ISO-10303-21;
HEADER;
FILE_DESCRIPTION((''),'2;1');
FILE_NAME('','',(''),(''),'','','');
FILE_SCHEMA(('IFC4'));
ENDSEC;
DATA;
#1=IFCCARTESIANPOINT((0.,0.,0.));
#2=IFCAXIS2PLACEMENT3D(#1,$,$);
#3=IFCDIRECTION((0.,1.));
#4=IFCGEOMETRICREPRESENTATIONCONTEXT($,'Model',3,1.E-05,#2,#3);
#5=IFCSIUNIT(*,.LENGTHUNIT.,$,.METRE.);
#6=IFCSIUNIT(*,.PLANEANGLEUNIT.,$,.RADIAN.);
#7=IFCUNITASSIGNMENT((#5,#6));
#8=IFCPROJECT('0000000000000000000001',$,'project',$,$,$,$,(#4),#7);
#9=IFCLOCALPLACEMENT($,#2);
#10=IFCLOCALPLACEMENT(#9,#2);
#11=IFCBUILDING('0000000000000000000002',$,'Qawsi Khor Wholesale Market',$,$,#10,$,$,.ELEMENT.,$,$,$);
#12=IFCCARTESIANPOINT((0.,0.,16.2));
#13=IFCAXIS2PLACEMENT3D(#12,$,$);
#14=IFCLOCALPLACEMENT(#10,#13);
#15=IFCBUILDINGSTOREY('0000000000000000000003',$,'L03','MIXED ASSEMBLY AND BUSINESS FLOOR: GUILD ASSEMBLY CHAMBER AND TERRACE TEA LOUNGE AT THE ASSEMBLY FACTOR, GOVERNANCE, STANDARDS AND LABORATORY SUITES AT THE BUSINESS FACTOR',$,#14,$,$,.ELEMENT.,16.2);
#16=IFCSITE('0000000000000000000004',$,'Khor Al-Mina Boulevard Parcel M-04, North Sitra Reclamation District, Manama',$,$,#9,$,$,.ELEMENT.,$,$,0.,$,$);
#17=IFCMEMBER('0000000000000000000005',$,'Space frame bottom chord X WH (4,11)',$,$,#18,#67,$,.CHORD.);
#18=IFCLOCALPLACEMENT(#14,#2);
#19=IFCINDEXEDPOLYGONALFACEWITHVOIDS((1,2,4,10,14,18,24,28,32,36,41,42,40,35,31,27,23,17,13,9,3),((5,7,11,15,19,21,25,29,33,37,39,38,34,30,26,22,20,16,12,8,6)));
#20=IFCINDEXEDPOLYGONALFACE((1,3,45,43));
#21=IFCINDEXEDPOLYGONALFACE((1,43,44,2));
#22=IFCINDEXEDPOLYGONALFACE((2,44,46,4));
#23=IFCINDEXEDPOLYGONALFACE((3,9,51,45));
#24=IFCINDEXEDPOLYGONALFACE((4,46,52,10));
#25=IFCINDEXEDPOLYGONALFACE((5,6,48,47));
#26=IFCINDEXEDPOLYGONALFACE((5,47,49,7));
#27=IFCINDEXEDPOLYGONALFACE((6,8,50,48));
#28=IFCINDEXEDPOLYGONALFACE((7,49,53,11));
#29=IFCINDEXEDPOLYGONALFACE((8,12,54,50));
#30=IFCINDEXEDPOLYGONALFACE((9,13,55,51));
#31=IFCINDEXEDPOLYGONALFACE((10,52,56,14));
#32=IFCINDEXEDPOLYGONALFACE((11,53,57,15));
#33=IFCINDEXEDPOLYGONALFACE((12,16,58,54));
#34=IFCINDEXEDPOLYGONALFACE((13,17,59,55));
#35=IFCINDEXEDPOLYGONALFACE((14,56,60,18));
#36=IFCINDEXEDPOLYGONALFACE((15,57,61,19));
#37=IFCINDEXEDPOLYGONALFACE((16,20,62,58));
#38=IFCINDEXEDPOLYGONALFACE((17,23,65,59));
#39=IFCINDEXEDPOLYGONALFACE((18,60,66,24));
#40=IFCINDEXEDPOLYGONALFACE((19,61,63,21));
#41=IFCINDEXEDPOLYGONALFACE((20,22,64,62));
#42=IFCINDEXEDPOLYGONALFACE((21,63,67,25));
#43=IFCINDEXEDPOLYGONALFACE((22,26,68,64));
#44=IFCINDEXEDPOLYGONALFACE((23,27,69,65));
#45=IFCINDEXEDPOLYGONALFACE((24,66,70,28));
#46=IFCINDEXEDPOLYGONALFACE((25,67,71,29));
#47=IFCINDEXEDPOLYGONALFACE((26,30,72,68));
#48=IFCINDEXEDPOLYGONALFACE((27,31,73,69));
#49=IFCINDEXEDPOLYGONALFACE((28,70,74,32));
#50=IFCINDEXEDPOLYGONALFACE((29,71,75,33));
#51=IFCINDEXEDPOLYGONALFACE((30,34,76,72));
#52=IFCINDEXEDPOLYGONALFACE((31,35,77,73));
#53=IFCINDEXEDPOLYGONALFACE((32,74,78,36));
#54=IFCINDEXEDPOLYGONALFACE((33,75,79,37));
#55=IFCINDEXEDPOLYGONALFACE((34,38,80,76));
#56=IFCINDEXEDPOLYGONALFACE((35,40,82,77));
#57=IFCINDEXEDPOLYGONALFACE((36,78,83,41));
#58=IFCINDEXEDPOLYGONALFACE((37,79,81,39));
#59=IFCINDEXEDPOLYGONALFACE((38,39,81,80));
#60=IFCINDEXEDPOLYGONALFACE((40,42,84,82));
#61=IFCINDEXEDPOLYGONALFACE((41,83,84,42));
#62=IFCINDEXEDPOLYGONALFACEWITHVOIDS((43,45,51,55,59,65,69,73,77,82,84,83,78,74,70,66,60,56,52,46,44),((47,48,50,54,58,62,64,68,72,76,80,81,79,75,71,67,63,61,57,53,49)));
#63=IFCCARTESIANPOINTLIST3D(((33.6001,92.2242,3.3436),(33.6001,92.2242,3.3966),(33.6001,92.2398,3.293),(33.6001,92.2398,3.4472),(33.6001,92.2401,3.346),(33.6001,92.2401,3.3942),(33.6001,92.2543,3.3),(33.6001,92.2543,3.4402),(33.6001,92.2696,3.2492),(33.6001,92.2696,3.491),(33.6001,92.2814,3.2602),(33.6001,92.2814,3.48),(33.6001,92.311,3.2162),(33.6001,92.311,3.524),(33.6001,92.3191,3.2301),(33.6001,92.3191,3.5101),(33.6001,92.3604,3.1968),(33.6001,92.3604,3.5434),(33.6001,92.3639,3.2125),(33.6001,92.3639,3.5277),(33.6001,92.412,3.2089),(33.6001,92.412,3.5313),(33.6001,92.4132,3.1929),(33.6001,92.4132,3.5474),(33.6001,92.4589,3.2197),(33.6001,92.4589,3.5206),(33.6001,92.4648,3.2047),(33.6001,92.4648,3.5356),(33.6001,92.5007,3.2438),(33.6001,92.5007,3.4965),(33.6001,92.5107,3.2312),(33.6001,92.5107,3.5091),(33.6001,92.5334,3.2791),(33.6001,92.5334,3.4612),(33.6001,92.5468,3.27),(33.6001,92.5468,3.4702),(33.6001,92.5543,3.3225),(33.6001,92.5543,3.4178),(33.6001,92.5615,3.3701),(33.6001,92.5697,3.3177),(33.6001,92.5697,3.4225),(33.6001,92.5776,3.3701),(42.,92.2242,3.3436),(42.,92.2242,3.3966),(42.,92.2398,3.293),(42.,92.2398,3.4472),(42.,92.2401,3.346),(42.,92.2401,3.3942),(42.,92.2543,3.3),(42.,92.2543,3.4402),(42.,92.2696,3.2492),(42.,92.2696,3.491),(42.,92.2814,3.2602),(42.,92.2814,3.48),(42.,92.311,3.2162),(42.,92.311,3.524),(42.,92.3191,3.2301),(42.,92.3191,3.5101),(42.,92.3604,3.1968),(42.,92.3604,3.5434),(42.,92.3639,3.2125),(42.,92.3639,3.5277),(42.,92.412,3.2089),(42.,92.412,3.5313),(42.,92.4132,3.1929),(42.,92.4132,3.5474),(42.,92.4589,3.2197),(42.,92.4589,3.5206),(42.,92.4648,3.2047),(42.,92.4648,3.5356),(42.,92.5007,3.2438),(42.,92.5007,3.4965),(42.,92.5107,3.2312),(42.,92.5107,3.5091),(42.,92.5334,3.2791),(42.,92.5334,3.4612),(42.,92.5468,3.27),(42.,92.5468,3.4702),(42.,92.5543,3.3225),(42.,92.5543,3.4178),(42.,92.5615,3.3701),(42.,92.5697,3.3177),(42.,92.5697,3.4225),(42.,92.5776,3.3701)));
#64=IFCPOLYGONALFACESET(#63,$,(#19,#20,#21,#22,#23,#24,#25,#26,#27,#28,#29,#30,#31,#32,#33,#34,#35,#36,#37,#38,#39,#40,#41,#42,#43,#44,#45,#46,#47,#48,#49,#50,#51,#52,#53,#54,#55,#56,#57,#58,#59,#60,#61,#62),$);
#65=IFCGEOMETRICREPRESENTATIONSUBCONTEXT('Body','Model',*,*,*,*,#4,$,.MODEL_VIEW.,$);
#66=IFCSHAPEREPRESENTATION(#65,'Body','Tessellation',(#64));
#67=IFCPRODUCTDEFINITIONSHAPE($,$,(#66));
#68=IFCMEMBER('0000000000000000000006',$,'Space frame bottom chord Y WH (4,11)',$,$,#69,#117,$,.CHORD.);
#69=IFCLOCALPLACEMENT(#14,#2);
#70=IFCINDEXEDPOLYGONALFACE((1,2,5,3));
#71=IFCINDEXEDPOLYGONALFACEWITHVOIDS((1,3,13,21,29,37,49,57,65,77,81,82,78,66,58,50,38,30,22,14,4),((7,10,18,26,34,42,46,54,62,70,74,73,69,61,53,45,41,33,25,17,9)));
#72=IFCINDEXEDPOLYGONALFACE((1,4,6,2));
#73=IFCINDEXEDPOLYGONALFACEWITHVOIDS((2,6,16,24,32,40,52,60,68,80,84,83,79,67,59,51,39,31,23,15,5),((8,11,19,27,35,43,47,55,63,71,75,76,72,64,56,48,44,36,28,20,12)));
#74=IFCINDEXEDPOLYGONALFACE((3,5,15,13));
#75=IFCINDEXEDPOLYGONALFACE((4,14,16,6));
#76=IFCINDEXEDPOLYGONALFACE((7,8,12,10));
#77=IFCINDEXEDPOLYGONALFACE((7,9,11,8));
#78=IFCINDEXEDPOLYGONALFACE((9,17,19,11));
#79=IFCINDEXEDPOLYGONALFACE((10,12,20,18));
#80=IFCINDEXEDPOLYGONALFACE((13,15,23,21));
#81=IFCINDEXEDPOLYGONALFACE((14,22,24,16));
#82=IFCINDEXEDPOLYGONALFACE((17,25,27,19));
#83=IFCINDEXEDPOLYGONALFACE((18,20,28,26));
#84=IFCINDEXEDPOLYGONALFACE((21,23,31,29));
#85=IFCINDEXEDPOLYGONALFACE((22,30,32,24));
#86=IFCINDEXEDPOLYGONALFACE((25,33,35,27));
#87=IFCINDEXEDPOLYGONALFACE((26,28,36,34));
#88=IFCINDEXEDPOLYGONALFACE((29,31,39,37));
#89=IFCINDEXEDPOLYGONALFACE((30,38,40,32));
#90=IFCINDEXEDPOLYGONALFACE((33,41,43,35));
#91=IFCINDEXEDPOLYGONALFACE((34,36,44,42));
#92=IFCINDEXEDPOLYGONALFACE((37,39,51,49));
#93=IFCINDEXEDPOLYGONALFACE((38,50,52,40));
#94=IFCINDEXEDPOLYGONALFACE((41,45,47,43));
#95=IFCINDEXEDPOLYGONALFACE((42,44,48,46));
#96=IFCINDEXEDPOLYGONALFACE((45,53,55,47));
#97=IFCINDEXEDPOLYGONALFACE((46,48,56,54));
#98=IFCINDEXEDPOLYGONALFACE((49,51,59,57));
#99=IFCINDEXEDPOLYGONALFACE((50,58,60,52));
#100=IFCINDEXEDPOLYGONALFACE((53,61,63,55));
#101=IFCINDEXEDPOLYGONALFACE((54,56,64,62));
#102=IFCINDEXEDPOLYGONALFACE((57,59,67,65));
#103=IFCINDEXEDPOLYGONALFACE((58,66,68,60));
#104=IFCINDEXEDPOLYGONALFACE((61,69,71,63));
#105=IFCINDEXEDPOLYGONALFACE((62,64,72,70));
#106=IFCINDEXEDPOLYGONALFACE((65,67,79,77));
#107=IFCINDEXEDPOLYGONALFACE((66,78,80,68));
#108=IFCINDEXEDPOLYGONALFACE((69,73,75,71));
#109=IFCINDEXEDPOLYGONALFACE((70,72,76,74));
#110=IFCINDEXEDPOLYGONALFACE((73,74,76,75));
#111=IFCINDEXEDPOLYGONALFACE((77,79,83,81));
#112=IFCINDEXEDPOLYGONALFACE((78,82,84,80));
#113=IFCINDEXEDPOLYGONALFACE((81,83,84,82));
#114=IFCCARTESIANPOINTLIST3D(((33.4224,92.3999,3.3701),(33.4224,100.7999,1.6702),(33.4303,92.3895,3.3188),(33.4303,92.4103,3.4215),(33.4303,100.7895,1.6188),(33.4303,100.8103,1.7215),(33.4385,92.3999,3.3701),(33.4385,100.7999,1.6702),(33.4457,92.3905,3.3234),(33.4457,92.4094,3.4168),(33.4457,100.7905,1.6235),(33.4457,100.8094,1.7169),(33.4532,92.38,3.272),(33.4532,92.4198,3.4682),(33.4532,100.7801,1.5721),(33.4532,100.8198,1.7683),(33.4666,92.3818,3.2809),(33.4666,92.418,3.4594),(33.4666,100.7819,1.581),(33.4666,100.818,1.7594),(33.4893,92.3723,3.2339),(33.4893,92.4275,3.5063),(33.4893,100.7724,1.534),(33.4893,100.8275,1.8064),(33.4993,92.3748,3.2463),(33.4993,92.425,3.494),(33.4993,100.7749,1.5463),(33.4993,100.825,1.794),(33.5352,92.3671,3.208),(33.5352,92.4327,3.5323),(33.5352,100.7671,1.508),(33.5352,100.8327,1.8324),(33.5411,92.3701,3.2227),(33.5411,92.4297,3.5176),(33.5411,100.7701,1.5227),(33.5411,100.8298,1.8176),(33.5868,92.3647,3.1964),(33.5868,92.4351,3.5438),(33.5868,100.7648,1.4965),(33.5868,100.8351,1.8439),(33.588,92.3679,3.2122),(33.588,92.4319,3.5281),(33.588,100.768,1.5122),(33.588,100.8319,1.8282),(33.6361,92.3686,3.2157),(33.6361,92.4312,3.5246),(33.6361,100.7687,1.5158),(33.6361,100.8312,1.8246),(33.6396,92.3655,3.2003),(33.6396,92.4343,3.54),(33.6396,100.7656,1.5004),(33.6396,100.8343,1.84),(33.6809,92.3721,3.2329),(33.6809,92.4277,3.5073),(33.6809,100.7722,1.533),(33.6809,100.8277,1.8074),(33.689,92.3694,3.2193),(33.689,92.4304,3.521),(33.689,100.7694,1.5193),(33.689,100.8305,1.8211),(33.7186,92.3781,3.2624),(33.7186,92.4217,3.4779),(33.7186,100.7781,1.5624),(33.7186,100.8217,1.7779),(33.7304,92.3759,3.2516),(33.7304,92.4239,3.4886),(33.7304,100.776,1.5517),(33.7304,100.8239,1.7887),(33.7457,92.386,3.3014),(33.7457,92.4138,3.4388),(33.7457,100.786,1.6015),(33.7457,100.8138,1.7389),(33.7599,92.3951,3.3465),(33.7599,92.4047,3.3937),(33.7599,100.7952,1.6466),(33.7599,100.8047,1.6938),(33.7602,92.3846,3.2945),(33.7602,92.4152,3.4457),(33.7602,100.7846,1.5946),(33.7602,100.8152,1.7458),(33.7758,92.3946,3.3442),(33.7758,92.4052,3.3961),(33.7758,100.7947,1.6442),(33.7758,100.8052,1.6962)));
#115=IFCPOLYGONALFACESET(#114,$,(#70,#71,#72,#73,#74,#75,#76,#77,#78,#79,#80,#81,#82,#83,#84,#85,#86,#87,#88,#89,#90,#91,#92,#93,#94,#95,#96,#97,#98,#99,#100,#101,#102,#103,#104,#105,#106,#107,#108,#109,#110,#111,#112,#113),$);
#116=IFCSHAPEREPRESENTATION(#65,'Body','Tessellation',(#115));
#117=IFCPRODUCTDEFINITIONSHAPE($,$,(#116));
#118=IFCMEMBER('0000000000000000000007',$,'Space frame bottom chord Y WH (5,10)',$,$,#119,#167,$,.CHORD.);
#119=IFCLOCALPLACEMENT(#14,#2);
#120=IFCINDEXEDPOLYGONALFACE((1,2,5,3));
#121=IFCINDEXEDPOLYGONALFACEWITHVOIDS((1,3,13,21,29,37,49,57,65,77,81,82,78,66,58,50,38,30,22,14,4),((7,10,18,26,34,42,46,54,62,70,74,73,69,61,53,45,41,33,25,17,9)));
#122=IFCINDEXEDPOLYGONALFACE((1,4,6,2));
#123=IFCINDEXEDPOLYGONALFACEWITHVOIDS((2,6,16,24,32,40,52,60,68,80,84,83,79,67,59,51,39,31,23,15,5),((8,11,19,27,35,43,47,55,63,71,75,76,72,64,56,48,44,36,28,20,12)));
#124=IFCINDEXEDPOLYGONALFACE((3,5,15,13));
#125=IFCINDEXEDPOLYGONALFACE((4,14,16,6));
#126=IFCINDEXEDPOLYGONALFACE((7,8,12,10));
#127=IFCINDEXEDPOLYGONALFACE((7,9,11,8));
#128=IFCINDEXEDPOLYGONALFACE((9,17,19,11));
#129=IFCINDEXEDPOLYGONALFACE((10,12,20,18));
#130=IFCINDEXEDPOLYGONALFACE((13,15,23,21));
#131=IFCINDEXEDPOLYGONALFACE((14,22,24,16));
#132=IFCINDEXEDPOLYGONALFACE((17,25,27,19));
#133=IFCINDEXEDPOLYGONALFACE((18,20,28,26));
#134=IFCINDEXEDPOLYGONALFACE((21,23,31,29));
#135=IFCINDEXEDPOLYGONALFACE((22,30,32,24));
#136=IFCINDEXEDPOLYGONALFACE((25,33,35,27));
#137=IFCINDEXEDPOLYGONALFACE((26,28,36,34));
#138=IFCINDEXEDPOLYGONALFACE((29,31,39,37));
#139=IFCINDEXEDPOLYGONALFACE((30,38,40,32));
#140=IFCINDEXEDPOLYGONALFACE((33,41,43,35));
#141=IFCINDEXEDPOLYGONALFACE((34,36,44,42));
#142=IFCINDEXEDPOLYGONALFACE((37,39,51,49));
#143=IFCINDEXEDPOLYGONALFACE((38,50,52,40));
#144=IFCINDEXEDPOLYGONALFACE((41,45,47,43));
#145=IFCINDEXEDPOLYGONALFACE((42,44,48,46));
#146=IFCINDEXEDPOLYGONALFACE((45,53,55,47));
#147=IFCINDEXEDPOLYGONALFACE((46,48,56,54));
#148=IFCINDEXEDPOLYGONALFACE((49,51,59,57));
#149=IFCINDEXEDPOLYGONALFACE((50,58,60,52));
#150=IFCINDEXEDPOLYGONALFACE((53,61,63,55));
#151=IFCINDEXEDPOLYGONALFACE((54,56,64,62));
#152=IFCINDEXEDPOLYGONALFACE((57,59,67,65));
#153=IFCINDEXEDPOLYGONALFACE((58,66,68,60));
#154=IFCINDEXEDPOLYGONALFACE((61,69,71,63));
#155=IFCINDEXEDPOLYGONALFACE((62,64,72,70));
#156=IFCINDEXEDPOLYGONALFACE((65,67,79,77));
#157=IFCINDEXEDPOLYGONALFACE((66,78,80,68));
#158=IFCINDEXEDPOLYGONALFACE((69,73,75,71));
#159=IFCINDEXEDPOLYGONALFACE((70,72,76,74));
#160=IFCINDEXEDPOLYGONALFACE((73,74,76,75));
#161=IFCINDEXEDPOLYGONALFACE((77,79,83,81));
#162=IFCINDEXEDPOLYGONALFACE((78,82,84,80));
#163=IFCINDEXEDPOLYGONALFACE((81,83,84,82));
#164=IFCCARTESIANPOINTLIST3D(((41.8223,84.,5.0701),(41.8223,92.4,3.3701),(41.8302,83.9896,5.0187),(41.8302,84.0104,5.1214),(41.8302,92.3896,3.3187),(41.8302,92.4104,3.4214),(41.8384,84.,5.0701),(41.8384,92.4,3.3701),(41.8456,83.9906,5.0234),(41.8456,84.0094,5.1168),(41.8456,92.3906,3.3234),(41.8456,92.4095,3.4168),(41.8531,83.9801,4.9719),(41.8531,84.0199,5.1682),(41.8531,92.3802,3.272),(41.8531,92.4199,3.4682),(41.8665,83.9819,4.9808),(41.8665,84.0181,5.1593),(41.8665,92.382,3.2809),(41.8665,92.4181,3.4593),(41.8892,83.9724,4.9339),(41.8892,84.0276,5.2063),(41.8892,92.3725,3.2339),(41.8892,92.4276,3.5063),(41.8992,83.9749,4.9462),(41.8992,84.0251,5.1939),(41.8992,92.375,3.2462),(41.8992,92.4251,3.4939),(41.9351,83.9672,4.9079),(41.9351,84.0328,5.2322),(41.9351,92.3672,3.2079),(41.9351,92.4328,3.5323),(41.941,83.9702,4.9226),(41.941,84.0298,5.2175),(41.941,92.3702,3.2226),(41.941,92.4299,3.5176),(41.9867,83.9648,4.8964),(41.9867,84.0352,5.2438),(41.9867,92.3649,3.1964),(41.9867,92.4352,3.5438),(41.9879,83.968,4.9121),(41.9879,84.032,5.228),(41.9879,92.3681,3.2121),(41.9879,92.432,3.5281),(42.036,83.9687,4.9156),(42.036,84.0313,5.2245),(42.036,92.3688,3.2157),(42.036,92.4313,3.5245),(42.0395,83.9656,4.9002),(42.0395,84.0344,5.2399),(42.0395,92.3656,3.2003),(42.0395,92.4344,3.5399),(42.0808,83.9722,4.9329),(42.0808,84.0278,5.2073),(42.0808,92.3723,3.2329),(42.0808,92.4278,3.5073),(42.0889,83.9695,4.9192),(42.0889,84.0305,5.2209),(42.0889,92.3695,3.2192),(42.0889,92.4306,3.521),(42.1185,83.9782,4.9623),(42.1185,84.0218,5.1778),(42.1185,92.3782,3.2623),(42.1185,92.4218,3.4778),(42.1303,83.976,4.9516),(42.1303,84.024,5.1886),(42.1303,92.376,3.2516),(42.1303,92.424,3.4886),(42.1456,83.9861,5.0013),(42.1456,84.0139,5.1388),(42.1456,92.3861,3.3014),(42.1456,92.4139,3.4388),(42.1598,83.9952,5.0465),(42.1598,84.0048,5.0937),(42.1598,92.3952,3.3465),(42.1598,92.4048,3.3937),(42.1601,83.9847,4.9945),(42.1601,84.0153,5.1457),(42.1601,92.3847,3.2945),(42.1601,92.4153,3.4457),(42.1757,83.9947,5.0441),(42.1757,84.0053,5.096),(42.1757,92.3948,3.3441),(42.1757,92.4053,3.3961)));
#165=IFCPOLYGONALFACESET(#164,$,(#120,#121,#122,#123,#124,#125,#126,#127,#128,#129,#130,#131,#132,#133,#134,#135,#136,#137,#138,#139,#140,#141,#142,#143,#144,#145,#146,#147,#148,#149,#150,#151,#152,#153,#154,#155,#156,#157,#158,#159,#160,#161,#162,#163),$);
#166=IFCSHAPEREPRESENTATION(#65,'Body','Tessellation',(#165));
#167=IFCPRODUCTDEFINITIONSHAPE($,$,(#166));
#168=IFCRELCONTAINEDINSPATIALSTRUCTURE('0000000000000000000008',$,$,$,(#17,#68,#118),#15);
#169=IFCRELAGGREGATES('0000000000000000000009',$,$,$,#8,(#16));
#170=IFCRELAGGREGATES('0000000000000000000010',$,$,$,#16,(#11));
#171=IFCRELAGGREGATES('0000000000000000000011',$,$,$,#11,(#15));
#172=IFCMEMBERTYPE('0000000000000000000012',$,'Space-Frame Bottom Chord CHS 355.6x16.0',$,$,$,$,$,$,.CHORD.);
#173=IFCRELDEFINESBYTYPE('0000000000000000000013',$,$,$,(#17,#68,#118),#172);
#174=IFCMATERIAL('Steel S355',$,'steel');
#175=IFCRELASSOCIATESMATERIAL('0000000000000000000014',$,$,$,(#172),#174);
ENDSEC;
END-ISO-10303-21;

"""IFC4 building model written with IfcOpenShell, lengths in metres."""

from ifc_helpers import new_model, si_unit, direction, frame, origin, origin_2d, place, context, subcontext, project, spatial, hollow_circle, extrude, material, material_profile, profile_set, type_object, element, save


model = new_model("IFC4")

# Units and contexts
model_context = context("Model", 3, precision=1e-05, world=origin(), true_north=direction((0.0, 1.0)))
body_context = subcontext(model_context, "Body", "Model", "MODEL_VIEW")
ifc_project = project(units=[si_unit("LENGTHUNIT", "METRE"), si_unit("PLANEANGLEUNIT", "RADIAN")], contexts=[model_context])

# Site, building, storey
site_placement = place(None, origin())
site = spatial("IfcSite", under=ifc_project, at=site_placement, Name="Khor Al-Mina Boulevard Parcel M-04, North Sitra Reclamation District, Manama", CompositionType="ELEMENT", RefElevation=0.0)
building_placement = place(site_placement, origin())
building = spatial("IfcBuilding", under=site, at=building_placement, Name="Qawsi Khor Wholesale Market", CompositionType="ELEMENT")
storey_placement = place(building_placement, frame((0.0, 0.0, 16.2)))
storey = spatial("IfcBuildingStorey", under=building, at=storey_placement, Name="L03", Description="MIXED ASSEMBLY AND BUSINESS FLOOR: GUILD ASSEMBLY CHAMBER AND TERRACE TEA LOUNGE AT THE ASSEMBLY FACTOR, GOVERNANCE, STANDARDS AND LABORATORY SUITES AT THE BUSINESS FACTOR", CompositionType="ELEMENT", Elevation=16.2)

# Members
ifc_material_1 = material(Name="Steel S355", Category="steel")
ifc_material_profile_1 = material_profile(ifc_material_1, hollow_circle(Radius=0.1777, WallThickness=0.0161, at=origin_2d()), Name="CHS 355.6x16.0")
ifc_profile_set_1 = profile_set([ifc_material_profile_1], Name="Steel S355")
member_type_1 = type_object("IfcMemberType", Name="Space-Frame Bottom Chord CHS 355.6x16.0", PredefinedType="CHORD", material=ifc_profile_set_1)
member_1_placement = place(storey_placement, frame((33.6001, 92.3999, 3.3701), z_axis=(1.0, 0.0, 0.0), x_axis=(0.0, 1.0, 0.0)))
element("IfcMember", 1, at=member_1_placement, inside=storey, type_object=member_type_1, Name="Space frame bottom chord X WH (4,11)", PredefinedType="CHORD", context=body_context, shape_type="SweptSolid", body=[
    extrude(hollow_circle(Radius=0.1777, WallThickness=0.0161, at=origin_2d()), origin(), (0.0, 0.0, 1.0), 8.3999),
])
for number, where, z_axis, x_axis, name in (
    (2, (33.6001, 92.3999, 3.3701), (0.0, 0.980131, -0.198351), (-1.0, 0.0, 0.0), "Space frame bottom chord Y WH (4,11)"),
    (3, (42.0, 84.0, 5.0701), (0.0, 0.98013, -0.198356), (-1.0, 0.0, 0.0), "Space frame bottom chord Y WH (5,10)"),
):
    element("IfcMember", number, at=place(storey_placement, frame(where, z_axis=z_axis, x_axis=x_axis)), inside=storey, type_object=member_type_1, Name=name, PredefinedType="CHORD", context=body_context, shape_type="SweptSolid", body=[
        extrude(hollow_circle(Radius=0.1777, WallThickness=0.0161, at=origin_2d()), origin(), (0.0, 0.0, 1.0), 8.5703),
    ])

save(model, "model.ifc")
